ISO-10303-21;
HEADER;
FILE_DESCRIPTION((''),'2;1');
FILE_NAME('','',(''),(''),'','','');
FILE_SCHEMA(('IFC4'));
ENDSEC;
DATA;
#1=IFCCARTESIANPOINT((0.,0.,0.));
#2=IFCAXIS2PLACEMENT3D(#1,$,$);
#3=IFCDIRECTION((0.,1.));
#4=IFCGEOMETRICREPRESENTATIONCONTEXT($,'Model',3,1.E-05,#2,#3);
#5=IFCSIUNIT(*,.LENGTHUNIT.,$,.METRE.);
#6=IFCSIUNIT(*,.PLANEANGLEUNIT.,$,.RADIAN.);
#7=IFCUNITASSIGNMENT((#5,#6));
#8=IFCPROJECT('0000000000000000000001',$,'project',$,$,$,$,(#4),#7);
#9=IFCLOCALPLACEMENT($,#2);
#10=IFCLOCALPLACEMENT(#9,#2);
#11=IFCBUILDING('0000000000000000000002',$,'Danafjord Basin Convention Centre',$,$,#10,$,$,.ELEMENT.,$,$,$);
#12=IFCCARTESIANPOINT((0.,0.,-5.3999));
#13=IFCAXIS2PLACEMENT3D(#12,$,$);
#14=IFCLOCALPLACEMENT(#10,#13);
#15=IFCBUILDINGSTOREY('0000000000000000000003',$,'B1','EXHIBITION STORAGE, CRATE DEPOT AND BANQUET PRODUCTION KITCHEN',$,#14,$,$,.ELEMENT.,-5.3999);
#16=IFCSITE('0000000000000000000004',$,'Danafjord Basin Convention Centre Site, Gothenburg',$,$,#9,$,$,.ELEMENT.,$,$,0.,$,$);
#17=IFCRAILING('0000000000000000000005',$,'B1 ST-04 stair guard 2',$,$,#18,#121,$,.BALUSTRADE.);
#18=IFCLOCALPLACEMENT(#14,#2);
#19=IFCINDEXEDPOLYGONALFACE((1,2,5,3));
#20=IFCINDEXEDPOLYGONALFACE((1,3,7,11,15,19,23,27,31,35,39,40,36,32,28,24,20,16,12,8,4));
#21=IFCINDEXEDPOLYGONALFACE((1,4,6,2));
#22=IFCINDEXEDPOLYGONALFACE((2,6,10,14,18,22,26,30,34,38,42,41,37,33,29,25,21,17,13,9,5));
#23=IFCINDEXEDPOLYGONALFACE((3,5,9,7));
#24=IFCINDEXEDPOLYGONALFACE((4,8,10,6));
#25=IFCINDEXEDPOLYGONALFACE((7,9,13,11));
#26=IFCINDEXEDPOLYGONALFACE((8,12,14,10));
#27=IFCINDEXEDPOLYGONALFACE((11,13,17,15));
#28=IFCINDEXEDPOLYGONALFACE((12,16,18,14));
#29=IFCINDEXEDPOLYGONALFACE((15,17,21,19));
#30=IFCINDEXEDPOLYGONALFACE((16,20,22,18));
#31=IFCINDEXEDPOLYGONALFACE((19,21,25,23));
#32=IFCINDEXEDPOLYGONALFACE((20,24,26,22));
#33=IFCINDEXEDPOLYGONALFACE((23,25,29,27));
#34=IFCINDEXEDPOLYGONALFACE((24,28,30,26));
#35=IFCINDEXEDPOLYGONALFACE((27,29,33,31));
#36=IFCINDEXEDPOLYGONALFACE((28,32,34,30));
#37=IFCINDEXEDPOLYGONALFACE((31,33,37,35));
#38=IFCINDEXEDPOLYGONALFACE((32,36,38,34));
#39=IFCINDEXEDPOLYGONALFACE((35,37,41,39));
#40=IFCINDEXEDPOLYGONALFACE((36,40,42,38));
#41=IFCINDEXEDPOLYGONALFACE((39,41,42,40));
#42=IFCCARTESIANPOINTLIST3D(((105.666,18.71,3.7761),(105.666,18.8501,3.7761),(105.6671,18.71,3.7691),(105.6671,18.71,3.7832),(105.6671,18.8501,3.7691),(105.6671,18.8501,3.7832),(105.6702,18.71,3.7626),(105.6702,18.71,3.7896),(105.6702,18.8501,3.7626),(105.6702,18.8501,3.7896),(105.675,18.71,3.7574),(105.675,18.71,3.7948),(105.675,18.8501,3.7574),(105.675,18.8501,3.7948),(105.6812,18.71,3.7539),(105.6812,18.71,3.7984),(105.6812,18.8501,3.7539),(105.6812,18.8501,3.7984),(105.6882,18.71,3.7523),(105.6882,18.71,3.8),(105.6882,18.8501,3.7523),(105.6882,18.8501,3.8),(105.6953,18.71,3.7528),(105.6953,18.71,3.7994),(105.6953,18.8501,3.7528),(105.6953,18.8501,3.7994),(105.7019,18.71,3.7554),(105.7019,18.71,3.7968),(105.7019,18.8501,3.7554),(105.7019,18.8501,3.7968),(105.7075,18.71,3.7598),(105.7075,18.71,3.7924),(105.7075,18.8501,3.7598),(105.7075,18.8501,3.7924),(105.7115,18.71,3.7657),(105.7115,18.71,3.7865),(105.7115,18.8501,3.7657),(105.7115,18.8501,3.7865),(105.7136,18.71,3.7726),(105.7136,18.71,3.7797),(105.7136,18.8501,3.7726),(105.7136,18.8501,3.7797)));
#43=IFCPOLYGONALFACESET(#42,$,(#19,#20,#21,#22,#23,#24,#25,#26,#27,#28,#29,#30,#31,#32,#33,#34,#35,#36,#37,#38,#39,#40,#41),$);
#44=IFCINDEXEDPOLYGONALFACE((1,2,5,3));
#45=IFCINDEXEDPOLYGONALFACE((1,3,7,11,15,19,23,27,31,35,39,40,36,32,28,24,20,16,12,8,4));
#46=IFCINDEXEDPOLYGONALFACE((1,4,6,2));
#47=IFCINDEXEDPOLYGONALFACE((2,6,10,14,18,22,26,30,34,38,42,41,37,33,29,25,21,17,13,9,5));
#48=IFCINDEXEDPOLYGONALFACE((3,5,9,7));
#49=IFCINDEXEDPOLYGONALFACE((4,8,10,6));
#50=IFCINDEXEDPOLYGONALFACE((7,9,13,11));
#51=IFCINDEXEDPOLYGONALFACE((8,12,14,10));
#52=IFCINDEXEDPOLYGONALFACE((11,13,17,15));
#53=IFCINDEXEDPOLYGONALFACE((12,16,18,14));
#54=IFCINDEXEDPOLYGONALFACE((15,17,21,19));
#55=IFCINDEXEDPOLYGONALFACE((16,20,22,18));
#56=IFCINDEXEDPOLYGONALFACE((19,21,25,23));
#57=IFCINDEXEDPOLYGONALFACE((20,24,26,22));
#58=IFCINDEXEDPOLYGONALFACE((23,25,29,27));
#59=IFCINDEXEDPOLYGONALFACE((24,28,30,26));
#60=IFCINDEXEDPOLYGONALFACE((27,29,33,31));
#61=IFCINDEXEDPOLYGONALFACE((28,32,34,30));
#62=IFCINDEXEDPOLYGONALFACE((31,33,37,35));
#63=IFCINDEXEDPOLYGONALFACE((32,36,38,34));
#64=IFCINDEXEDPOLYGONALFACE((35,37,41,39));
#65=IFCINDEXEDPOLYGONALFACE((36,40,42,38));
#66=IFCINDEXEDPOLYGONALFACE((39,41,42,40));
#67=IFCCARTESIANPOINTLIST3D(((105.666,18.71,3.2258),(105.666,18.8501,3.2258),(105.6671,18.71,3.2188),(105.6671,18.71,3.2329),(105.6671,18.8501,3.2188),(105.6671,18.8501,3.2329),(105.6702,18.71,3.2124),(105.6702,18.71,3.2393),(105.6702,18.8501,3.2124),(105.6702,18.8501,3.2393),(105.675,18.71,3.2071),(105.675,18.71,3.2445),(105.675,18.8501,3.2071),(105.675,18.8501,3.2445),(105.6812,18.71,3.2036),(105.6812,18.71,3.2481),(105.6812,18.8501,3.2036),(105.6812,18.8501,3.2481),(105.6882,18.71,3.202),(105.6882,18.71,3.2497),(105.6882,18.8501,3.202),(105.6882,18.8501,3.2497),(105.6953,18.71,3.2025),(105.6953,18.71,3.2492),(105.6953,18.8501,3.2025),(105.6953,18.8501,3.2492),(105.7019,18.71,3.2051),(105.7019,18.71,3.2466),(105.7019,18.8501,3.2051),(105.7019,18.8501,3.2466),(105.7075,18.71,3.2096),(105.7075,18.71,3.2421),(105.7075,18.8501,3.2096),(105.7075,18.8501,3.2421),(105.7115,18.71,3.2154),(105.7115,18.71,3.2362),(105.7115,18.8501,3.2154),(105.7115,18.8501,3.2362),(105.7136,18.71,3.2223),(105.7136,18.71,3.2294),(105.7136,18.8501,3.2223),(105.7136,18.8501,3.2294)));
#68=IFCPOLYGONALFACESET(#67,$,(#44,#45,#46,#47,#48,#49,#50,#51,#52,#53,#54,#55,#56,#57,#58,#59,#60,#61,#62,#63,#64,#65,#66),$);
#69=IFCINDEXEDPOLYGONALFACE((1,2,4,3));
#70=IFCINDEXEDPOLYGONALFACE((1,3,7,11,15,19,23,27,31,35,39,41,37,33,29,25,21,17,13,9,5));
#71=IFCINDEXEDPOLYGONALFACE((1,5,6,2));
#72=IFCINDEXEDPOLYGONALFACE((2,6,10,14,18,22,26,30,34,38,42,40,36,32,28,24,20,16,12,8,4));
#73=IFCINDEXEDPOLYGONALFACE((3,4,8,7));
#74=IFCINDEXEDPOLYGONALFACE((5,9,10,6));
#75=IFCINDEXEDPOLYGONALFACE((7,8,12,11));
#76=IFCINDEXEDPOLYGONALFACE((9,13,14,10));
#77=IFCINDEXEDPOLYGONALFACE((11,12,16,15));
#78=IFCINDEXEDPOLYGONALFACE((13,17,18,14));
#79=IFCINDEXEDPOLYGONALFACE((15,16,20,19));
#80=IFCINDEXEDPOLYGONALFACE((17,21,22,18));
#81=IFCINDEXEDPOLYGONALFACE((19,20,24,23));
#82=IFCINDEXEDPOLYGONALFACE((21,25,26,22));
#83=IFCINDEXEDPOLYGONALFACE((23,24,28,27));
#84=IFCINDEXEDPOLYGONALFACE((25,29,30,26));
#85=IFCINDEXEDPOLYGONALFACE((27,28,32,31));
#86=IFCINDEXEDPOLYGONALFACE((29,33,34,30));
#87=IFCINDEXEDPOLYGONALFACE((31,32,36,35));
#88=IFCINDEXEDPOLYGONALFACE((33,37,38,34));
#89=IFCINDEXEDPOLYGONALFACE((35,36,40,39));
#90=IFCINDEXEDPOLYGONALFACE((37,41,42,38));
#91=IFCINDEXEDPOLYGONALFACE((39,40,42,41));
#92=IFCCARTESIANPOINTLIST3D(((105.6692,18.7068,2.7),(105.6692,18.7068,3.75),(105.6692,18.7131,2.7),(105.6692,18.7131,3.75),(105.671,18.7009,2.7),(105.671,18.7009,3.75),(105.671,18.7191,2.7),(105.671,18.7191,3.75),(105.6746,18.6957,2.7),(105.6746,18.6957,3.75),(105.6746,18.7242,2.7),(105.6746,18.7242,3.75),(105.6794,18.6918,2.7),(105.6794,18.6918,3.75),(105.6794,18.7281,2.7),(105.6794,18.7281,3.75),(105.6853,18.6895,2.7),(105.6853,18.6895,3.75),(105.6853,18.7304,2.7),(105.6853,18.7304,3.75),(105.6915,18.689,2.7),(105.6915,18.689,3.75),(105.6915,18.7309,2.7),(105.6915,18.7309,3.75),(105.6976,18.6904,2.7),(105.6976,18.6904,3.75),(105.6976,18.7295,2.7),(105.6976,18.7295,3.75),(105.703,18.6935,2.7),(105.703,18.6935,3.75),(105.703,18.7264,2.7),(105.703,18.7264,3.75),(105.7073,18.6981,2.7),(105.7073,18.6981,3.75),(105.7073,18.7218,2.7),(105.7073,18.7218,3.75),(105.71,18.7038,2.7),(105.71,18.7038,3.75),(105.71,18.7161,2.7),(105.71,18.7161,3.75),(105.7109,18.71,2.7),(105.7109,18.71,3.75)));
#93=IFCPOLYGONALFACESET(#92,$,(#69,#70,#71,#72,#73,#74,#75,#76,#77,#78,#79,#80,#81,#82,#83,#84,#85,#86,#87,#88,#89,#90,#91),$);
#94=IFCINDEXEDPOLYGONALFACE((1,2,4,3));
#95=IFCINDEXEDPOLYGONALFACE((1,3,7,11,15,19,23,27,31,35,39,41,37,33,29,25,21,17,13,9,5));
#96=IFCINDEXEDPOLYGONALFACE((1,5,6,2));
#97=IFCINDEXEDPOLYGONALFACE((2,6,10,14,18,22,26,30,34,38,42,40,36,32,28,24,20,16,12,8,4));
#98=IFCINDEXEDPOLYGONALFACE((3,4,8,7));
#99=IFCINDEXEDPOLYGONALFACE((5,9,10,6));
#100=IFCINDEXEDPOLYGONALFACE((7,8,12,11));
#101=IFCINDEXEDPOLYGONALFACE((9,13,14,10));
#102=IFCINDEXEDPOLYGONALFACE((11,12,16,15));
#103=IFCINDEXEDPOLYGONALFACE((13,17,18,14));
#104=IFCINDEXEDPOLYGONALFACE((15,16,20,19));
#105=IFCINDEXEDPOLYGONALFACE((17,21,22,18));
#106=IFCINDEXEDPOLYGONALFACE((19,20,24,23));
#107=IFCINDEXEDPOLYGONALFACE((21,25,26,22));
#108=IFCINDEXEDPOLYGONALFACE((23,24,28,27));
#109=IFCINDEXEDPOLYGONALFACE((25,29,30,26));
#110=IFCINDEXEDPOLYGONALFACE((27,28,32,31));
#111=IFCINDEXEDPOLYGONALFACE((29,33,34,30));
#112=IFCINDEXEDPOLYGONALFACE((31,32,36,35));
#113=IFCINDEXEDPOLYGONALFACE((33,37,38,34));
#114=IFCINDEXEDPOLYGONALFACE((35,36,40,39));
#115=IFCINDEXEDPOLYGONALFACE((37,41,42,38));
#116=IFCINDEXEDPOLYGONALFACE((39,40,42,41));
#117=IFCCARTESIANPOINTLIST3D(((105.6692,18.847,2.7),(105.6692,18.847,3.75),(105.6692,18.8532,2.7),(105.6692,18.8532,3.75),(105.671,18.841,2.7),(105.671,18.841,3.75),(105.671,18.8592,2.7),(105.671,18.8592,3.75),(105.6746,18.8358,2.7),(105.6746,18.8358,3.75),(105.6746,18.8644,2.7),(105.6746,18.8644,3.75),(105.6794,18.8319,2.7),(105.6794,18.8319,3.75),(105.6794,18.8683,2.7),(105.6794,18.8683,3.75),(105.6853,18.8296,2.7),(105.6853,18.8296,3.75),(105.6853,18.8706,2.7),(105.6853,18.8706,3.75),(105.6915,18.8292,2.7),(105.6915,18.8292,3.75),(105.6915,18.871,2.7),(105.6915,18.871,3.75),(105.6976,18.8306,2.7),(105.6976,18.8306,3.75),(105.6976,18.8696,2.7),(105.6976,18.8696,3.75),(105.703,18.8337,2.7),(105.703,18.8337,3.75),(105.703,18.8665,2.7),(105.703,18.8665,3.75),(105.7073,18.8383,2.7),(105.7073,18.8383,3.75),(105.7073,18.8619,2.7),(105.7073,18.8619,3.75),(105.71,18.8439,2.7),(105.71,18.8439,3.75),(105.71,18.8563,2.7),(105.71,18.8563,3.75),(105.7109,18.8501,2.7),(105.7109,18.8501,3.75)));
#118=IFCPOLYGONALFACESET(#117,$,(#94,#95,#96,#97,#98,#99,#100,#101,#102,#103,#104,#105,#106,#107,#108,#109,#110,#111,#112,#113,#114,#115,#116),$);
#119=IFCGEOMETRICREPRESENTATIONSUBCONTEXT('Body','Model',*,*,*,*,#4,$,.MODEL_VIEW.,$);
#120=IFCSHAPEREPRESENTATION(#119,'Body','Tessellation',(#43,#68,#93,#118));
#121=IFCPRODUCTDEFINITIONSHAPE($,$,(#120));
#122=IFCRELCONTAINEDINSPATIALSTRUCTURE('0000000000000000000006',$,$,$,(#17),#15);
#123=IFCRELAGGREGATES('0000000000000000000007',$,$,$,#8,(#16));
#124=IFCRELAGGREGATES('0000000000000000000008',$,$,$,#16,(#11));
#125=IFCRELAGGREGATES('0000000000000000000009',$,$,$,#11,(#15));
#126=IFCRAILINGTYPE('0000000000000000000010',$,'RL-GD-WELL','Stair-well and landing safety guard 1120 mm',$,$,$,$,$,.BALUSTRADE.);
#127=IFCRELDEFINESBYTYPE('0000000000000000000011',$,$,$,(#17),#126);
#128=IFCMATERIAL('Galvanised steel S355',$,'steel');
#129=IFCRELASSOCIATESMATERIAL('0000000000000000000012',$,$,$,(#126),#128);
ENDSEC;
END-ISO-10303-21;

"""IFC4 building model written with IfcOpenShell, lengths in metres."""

from ifc_helpers import new_model, si_unit, direction, frame, origin, origin_2d, place, context, subcontext, project, spatial, circle, extrude, material, type_object, element, save


model = new_model("IFC4")

# Units and contexts
model_context = context("Model", 3, precision=1e-05, world=origin(), true_north=direction((0.0, 1.0)))
body_context = subcontext(model_context, "Body", "Model", "MODEL_VIEW")
ifc_project = project(units=[si_unit("LENGTHUNIT", "METRE"), si_unit("PLANEANGLEUNIT", "RADIAN")], contexts=[model_context])

# Site, building, storey
site_placement = place(None, origin())
site = spatial("IfcSite", under=ifc_project, at=site_placement, Name="Danafjord Basin Convention Centre Site, Gothenburg", CompositionType="ELEMENT", RefElevation=0.0)
building_placement = place(site_placement, origin())
building = spatial("IfcBuilding", under=site, at=building_placement, Name="Danafjord Basin Convention Centre", CompositionType="ELEMENT")
storey_placement = place(building_placement, frame((0.0, 0.0, -5.3999)))
storey = spatial("IfcBuildingStorey", under=building, at=storey_placement, Name="B1", Description="EXHIBITION STORAGE, CRATE DEPOT AND BANQUET PRODUCTION KITCHEN", CompositionType="ELEMENT", Elevation=-5.3999)

# Railing
ifc_material_1 = material(Name="Galvanised steel S355", Category="steel")
railing_type_1 = type_object("IfcRailingType", Name="RL-GD-WELL", Description="Stair-well and landing safety guard 1120 mm", PredefinedType="BALUSTRADE", material=ifc_material_1)
railing_1_placement = place(storey_placement, frame((105.6899, 18.71, 2.7)))
element("IfcRailing", 1, at=railing_1_placement, inside=storey, type_object=railing_type_1, Name="B1 ST-04 stair guard 2", PredefinedType="BALUSTRADE", context=body_context, shape_type="SweptSolid", body=[
    extrude(circle(Radius=0.0239, at=origin_2d()), frame((0.0, 0.0, 1.0762), z_axis=(0.0, 1.0, 0.0), x_axis=(-1.0, 0.0, 0.0)), (0.0, 0.0, 1.0), 0.1401),
    extrude(circle(Radius=0.0239, at=origin_2d()), frame((0.0, 0.0, 0.5259), z_axis=(0.0, 1.0, 0.0), x_axis=(-1.0, 0.0, 0.0)), (0.0, 0.0, 1.0), 0.1401),
    extrude(circle(Radius=0.021, at=origin_2d()), origin(), (0.0, 0.0, 1.0), 1.05),
    extrude(circle(Radius=0.021, at=origin_2d()), frame((0.0, 0.1401, 0.0)), (0.0, 0.0, 1.0), 1.05),
])

save(model, "model.ifc")
